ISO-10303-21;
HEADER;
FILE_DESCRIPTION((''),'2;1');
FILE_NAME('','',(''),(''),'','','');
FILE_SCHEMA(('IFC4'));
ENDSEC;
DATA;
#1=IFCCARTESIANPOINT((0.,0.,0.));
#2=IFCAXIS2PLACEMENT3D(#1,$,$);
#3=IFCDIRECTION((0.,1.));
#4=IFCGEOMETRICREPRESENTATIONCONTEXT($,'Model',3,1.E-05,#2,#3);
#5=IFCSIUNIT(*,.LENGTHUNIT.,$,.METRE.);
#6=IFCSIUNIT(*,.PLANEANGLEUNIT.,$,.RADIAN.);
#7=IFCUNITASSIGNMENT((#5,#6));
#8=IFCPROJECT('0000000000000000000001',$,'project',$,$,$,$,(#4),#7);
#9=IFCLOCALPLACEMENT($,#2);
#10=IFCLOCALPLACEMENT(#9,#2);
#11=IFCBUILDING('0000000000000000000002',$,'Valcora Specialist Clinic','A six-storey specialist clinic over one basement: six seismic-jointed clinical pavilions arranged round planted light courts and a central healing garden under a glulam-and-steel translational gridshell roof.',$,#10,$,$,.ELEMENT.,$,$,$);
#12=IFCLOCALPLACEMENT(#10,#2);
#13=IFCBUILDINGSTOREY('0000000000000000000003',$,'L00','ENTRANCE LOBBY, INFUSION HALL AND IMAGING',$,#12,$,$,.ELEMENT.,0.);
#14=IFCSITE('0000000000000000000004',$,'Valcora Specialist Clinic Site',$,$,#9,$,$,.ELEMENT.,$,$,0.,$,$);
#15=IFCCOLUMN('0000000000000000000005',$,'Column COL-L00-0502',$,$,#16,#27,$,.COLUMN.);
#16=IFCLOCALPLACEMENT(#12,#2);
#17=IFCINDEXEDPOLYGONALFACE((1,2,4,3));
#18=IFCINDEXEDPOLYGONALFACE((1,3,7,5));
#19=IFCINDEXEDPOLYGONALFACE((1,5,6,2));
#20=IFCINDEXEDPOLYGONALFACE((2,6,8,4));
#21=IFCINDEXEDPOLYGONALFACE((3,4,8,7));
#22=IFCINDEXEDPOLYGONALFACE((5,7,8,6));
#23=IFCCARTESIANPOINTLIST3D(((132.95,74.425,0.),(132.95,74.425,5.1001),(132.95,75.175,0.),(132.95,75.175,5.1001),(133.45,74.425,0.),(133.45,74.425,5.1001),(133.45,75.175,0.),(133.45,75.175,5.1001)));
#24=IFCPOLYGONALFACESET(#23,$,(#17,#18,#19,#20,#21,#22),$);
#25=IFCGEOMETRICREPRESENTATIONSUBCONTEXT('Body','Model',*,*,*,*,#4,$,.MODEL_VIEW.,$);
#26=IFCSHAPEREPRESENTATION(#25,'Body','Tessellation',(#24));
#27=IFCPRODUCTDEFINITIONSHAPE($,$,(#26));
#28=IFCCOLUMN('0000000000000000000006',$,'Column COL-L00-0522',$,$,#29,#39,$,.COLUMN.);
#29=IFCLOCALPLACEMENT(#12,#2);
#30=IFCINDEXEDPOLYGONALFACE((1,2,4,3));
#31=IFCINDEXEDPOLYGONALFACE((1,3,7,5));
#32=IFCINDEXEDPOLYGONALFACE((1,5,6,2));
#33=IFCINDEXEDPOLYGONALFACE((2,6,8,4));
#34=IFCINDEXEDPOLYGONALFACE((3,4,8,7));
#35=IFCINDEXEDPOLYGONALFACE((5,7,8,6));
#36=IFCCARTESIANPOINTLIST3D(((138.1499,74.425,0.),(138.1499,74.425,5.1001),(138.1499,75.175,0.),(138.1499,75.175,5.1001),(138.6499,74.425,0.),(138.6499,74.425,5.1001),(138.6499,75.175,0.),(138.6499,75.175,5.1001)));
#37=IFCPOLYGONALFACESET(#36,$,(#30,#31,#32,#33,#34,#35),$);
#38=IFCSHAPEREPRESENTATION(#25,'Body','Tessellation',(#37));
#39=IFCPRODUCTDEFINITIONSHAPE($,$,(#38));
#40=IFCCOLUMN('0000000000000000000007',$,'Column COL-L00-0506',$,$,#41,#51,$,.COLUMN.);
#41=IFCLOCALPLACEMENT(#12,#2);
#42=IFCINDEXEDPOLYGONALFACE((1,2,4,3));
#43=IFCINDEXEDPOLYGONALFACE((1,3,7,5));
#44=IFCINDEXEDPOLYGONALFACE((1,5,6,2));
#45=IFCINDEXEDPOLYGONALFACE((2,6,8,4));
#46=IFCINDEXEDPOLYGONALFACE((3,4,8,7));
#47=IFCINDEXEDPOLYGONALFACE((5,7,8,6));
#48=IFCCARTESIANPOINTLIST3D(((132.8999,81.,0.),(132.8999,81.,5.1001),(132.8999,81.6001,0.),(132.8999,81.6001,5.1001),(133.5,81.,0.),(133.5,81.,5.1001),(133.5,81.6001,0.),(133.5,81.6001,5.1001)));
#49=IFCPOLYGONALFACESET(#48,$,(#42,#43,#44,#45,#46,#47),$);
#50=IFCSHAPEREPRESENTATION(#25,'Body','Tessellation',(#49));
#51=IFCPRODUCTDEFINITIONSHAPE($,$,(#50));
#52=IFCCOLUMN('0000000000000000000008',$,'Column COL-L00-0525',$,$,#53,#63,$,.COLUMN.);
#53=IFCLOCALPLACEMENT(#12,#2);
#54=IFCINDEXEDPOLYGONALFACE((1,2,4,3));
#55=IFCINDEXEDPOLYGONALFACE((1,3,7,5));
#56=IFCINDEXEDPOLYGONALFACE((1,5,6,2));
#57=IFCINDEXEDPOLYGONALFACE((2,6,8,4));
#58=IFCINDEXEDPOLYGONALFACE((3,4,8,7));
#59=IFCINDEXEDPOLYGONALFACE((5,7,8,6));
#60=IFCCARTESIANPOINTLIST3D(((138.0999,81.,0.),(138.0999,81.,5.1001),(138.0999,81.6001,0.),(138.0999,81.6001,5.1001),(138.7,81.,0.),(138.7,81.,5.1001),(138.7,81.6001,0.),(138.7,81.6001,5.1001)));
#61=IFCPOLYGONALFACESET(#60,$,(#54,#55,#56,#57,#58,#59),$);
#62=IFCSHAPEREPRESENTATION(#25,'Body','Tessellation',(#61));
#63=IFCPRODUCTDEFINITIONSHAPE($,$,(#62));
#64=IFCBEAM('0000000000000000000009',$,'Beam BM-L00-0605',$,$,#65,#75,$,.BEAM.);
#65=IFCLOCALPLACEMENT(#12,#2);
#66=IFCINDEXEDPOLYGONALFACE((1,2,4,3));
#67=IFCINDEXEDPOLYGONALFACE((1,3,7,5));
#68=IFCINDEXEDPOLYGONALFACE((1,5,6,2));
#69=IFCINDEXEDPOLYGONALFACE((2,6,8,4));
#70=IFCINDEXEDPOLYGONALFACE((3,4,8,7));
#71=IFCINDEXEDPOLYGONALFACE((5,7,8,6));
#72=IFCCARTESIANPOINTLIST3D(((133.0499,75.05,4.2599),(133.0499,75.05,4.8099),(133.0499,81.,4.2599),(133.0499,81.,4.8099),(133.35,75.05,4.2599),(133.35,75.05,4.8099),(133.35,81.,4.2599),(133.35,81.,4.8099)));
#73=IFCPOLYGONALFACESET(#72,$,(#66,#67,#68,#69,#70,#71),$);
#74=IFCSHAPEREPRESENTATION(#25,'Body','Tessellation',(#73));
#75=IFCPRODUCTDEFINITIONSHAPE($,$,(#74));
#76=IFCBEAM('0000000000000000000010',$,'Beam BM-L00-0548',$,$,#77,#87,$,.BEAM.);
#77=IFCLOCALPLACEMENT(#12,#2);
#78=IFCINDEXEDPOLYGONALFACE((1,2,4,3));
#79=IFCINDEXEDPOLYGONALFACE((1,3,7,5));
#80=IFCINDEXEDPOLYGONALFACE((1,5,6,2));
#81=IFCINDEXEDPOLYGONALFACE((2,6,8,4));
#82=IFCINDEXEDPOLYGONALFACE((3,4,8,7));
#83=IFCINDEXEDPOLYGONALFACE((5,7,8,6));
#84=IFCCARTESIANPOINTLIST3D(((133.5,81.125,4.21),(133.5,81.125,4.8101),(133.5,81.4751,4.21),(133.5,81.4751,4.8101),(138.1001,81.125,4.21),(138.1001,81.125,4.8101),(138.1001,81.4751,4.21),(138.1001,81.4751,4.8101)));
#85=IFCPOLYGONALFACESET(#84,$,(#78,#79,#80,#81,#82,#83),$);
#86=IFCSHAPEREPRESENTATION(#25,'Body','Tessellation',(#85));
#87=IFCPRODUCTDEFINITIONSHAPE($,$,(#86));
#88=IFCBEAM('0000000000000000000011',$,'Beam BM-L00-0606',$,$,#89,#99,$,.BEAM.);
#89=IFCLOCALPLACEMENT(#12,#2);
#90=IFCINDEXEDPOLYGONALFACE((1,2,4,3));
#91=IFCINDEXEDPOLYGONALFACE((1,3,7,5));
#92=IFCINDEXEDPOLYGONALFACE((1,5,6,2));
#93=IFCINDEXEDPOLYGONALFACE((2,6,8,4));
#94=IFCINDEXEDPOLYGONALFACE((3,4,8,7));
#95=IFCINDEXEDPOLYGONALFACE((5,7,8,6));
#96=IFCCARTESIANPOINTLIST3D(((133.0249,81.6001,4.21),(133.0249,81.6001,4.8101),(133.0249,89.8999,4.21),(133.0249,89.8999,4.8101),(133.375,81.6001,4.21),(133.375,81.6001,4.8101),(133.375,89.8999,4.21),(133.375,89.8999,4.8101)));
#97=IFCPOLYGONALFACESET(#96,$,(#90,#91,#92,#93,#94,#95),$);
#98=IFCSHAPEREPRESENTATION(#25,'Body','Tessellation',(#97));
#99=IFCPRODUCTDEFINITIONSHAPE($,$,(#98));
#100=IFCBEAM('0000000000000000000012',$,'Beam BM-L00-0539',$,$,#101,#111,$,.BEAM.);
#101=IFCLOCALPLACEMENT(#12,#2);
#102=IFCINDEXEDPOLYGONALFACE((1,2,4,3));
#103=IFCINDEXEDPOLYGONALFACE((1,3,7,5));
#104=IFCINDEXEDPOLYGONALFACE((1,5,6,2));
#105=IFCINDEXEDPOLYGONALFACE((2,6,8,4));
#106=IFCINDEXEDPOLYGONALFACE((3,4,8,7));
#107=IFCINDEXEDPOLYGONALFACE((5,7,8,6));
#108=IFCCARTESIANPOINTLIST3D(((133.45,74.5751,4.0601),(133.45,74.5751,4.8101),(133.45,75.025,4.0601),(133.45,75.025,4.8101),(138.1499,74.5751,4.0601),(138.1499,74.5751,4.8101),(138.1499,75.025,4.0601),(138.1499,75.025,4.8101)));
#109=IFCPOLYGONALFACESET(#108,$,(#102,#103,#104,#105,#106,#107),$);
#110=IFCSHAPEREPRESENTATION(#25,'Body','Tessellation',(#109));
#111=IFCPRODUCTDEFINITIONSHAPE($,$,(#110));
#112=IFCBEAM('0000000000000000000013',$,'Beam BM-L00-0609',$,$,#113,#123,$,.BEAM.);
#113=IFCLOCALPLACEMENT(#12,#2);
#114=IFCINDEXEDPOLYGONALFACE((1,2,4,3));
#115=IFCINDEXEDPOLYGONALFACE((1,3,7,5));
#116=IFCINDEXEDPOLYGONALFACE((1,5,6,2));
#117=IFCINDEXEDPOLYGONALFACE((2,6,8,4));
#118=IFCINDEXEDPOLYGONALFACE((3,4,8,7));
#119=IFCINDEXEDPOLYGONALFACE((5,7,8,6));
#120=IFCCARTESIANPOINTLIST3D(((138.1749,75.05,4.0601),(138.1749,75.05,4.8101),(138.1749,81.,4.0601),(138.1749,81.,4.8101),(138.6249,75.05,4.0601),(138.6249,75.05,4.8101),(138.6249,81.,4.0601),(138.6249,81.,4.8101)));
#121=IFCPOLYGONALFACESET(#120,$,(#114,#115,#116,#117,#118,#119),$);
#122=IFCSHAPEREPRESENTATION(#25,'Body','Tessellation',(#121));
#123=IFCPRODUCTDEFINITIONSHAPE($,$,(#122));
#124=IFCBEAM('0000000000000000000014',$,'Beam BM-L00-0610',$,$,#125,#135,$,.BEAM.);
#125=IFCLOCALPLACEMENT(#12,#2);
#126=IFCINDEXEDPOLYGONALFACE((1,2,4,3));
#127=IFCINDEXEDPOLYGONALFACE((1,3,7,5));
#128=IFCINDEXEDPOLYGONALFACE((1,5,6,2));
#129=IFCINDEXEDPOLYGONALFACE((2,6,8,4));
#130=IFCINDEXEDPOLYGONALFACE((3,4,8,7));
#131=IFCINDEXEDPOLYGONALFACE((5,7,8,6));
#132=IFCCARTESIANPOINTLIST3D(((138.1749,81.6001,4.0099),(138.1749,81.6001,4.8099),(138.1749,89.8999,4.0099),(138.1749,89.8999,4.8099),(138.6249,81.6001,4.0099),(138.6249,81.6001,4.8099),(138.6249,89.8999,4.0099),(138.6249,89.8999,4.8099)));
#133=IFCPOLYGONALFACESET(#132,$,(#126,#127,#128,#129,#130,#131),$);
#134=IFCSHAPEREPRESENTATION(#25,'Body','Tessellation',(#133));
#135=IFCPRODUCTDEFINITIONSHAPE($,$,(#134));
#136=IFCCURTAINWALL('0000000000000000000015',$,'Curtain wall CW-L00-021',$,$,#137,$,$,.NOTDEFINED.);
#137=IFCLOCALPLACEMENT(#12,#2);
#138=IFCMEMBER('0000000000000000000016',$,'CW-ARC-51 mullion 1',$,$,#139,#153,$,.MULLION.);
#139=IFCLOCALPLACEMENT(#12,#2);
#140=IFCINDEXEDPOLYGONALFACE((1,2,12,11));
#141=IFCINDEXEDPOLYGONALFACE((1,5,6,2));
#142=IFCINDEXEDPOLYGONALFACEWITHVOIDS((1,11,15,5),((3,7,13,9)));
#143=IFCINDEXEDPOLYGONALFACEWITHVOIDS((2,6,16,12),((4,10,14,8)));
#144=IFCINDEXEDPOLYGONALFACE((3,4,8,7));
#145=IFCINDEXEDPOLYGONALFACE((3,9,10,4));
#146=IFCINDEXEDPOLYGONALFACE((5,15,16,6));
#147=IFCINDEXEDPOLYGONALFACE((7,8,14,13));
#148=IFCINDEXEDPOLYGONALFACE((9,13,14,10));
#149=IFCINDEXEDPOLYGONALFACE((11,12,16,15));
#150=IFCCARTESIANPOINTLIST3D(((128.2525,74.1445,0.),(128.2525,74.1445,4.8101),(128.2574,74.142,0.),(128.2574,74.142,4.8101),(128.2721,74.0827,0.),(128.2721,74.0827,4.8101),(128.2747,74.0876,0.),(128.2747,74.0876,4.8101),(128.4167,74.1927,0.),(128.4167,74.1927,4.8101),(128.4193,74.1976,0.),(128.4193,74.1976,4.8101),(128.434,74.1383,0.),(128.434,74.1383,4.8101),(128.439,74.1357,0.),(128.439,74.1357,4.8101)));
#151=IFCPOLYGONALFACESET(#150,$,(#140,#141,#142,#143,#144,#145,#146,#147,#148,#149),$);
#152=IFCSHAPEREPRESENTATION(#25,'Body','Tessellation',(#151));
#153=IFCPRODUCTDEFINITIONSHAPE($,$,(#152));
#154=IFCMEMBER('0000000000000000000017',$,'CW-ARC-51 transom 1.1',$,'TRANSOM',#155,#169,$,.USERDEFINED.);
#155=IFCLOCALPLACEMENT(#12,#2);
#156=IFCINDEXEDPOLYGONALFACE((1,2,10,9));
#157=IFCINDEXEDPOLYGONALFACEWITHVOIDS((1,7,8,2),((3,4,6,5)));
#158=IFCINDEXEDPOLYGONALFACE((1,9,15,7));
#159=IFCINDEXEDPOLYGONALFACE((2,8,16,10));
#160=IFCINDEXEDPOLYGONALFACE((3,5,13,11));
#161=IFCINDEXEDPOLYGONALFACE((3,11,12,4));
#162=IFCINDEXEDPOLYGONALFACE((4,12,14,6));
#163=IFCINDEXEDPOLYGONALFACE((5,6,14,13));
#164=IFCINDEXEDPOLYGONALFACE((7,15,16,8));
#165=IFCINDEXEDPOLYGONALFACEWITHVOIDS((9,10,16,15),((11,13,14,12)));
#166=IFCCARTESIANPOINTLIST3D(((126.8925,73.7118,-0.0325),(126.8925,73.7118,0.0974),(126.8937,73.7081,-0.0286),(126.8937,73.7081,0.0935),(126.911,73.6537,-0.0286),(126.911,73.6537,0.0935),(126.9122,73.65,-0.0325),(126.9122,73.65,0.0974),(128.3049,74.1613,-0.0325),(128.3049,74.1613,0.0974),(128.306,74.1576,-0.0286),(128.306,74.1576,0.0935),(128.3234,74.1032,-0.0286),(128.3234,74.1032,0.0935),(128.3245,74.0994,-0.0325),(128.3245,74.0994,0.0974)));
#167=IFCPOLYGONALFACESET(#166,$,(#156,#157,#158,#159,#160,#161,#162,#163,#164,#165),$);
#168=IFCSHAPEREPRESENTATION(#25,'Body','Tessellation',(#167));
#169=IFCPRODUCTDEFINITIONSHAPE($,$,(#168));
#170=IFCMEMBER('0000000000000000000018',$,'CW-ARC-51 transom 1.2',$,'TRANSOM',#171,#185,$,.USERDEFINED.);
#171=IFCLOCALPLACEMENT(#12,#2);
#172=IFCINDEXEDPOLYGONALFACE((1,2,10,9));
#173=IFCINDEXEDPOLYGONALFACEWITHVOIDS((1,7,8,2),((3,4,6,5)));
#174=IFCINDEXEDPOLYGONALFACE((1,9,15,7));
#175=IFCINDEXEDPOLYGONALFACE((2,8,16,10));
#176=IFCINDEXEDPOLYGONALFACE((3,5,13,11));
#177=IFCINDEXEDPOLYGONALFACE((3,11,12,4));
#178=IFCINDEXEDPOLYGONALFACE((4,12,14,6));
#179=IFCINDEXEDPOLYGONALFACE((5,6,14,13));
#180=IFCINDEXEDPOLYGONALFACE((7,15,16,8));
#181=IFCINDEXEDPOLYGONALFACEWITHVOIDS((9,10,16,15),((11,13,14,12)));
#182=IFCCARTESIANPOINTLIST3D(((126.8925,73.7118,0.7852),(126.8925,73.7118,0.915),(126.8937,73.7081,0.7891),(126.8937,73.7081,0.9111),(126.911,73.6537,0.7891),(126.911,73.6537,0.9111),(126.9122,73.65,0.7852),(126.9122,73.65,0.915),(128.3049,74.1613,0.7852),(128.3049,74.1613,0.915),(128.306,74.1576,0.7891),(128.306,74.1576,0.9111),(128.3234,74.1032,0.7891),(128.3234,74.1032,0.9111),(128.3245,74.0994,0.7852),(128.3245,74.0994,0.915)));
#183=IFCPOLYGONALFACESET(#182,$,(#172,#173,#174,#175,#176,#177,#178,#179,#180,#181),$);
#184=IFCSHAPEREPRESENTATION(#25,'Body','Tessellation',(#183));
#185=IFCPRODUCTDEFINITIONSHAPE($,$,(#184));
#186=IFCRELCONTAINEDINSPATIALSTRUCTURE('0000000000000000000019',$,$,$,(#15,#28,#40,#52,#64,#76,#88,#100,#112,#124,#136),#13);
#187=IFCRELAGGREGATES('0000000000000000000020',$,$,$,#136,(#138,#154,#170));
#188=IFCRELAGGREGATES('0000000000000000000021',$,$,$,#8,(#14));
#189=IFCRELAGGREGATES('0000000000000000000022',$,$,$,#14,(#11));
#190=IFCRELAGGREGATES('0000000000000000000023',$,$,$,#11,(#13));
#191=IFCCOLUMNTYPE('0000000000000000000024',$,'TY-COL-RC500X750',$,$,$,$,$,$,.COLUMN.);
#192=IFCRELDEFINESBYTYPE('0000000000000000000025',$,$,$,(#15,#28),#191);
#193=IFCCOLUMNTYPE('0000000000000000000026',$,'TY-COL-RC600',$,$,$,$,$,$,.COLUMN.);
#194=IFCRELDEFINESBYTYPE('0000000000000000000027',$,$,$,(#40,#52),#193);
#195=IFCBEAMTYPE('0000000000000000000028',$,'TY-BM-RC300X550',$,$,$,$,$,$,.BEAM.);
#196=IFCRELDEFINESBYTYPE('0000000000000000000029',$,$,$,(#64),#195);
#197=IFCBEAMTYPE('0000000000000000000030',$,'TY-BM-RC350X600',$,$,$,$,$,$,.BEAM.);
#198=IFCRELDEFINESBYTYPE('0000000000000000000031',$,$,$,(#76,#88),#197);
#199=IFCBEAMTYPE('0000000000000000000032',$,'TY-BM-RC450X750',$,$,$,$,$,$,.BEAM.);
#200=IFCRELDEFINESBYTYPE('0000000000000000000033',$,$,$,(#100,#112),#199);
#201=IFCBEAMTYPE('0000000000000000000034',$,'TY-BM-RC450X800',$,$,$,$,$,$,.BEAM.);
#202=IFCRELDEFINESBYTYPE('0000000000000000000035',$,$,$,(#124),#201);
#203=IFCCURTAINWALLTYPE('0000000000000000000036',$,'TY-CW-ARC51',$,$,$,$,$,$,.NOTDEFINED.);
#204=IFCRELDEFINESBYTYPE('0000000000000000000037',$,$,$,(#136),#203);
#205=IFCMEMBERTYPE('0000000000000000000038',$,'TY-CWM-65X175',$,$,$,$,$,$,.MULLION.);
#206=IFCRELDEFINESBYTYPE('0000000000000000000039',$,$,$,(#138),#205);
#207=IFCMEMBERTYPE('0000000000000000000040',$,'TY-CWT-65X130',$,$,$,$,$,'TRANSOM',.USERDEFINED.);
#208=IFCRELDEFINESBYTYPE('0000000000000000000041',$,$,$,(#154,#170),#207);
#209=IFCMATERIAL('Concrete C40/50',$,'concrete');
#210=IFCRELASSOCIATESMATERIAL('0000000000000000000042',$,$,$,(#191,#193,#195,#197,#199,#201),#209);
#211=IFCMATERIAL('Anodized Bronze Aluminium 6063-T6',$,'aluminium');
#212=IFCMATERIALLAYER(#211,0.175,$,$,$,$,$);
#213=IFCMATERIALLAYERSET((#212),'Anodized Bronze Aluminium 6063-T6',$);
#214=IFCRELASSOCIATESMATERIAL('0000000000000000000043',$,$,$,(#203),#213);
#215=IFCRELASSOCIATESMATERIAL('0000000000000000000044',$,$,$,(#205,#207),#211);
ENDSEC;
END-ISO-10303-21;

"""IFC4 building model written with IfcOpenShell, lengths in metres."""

from ifc_helpers import new_model, si_unit, direction, frame, origin, origin_2d, place, context, subcontext, project, spatial, rectangle, hollow_rectangle, extrude, material, layer, layer_set, material_profile, profile_set, type_object, element, aggregate, save


model = new_model("IFC4")

# Units and contexts
model_context = context("Model", 3, precision=1e-05, world=origin(), true_north=direction((0.0, 1.0)))
body_context = subcontext(model_context, "Body", "Model", "MODEL_VIEW")
ifc_project = project(units=[si_unit("LENGTHUNIT", "METRE"), si_unit("PLANEANGLEUNIT", "RADIAN")], contexts=[model_context])

# Site, building, storey
site_placement = place(None, origin())
site = spatial("IfcSite", under=ifc_project, at=site_placement, Name="Valcora Specialist Clinic Site", CompositionType="ELEMENT", RefElevation=0.0)
building_placement = place(site_placement, origin())
building = spatial("IfcBuilding", under=site, at=building_placement, Name="Valcora Specialist Clinic", Description="A six-storey specialist clinic over one basement: six seismic-jointed clinical pavilions arranged round planted light courts and a central healing garden under a glulam-and-steel translational gridshell roof.", CompositionType="ELEMENT")
storey_placement = place(building_placement, origin())
storey = spatial("IfcBuildingStorey", under=building, at=storey_placement, Name="L00", Description="ENTRANCE LOBBY, INFUSION HALL AND IMAGING", CompositionType="ELEMENT", Elevation=0.0)

# Columns
ifc_material_1 = material(Name="Concrete C40/50", Category="concrete")
ifc_material_profile_1 = material_profile(ifc_material_1, rectangle(XDim=0.5, YDim=0.75, at=origin_2d()), Name="RC-COL-500X750")
ifc_profile_set_1 = profile_set([ifc_material_profile_1], Name="Concrete C40/50")
column_type_1 = type_object("IfcColumnType", Name="TY-COL-RC500X750", PredefinedType="COLUMN", material=ifc_profile_set_1)
for number, where, z_axis, x_axis, name in (
    (1, (133.2, 74.8, 0.0), (0.0, 0.0, 1.0), (1.0, 0.0, 0.0), "Column COL-L00-0502"),
    (2, (138.3999, 74.8, 0.0), (0.0, 0.0, 1.0), (1.0, 0.0, 0.0), "Column COL-L00-0522"),
):
    element("IfcColumn", number, at=place(storey_placement, frame(where, z_axis=z_axis, x_axis=x_axis)), inside=storey, type_object=column_type_1, Name=name, PredefinedType="COLUMN", context=body_context, shape_type="SweptSolid", body=[
        extrude(rectangle(XDim=0.5, YDim=0.75, at=origin_2d()), origin(), (0.0, 0.0, 1.0), 5.1001),
    ])
ifc_material_profile_2 = material_profile(ifc_material_1, rectangle(XDim=0.6001, YDim=0.6001, at=origin_2d()), Name="RC-COL-600X600")
ifc_profile_set_2 = profile_set([ifc_material_profile_2], Name="Concrete C40/50")
column_type_2 = type_object("IfcColumnType", Name="TY-COL-RC600", PredefinedType="COLUMN", material=ifc_profile_set_2)
for number, where, z_axis, x_axis, name in (
    (3, (133.2, 81.3, 0.0), (0.0, 0.0, 1.0), (1.0, 0.0, 0.0), "Column COL-L00-0506"),
    (4, (138.3999, 81.3, 0.0), (0.0, 0.0, 1.0), (1.0, 0.0, 0.0), "Column COL-L00-0525"),
):
    element("IfcColumn", number, at=place(storey_placement, frame(where, z_axis=z_axis, x_axis=x_axis)), inside=storey, type_object=column_type_2, Name=name, PredefinedType="COLUMN", context=body_context, shape_type="SweptSolid", body=[
        extrude(rectangle(XDim=0.6001, YDim=0.6001, at=origin_2d()), origin(), (0.0, 0.0, 1.0), 5.1001),
    ])

# Beams
ifc_material_profile_3 = material_profile(ifc_material_1, rectangle(XDim=0.3, YDim=0.55, at=origin_2d()), Name="RC-BM-300X550")
ifc_profile_set_3 = profile_set([ifc_material_profile_3], Name="Concrete C40/50")
beam_type_1 = type_object("IfcBeamType", Name="TY-BM-RC300X550", PredefinedType="BEAM", material=ifc_profile_set_3)
beam_1_placement = place(storey_placement, frame((133.2, 75.05, 4.5349), z_axis=(0.0, 1.0, 0.0), x_axis=(-1.0, 0.0, 0.0)))
element("IfcBeam", 5, at=beam_1_placement, inside=storey, type_object=beam_type_1, Name="Beam BM-L00-0605", PredefinedType="BEAM", context=body_context, shape_type="SweptSolid", body=[
    extrude(rectangle(XDim=0.3, YDim=0.55, at=origin_2d()), origin(), (0.0, 0.0, 1.0), 5.95),
])
ifc_material_profile_4 = material_profile(ifc_material_1, rectangle(XDim=0.3501, YDim=0.6001, at=origin_2d()), Name="RC-BM-350X600")
ifc_profile_set_4 = profile_set([ifc_material_profile_4], Name="Concrete C40/50")
beam_type_2 = type_object("IfcBeamType", Name="TY-BM-RC350X600", PredefinedType="BEAM", material=ifc_profile_set_4)
beam_2_placement = place(storey_placement, frame((133.5, 81.3, 4.51), z_axis=(1.0, 0.0, 0.0), x_axis=(0.0, 1.0, 0.0)))
element("IfcBeam", 6, at=beam_2_placement, inside=storey, type_object=beam_type_2, Name="Beam BM-L00-0548", PredefinedType="BEAM", context=body_context, shape_type="SweptSolid", body=[
    extrude(rectangle(XDim=0.3501, YDim=0.6001, at=origin_2d()), origin(), (0.0, 0.0, 1.0), 4.6001),
])
beam_3_placement = place(storey_placement, frame((133.2, 81.6001, 4.51), z_axis=(0.0, 1.0, 0.0), x_axis=(-1.0, 0.0, 0.0)))
element("IfcBeam", 7, at=beam_3_placement, inside=storey, type_object=beam_type_2, Name="Beam BM-L00-0606", PredefinedType="BEAM", context=body_context, shape_type="SweptSolid", body=[
    extrude(rectangle(XDim=0.3501, YDim=0.6001, at=origin_2d()), origin(), (0.0, 0.0, 1.0), 8.2998),
])
ifc_material_profile_5 = material_profile(ifc_material_1, rectangle(XDim=0.45, YDim=0.75, at=origin_2d()), Name="RC-BM-450X750")
ifc_profile_set_5 = profile_set([ifc_material_profile_5], Name="Concrete C40/50")
beam_type_3 = type_object("IfcBeamType", Name="TY-BM-RC450X750", PredefinedType="BEAM", material=ifc_profile_set_5)
beam_4_placement = place(storey_placement, frame((133.45, 74.8, 4.4351), z_axis=(1.0, 0.0, 0.0), x_axis=(0.0, 1.0, 0.0)))
element("IfcBeam", 8, at=beam_4_placement, inside=storey, type_object=beam_type_3, Name="Beam BM-L00-0539", PredefinedType="BEAM", context=body_context, shape_type="SweptSolid", body=[
    extrude(rectangle(XDim=0.45, YDim=0.75, at=origin_2d()), origin(), (0.0, 0.0, 1.0), 4.7),
])
beam_5_placement = place(storey_placement, frame((138.3999, 75.05, 4.4351), z_axis=(0.0, 1.0, 0.0), x_axis=(-1.0, 0.0, 0.0)))
element("IfcBeam", 9, at=beam_5_placement, inside=storey, type_object=beam_type_3, Name="Beam BM-L00-0609", PredefinedType="BEAM", context=body_context, shape_type="SweptSolid", body=[
    extrude(rectangle(XDim=0.45, YDim=0.75, at=origin_2d()), origin(), (0.0, 0.0, 1.0), 5.95),
])
ifc_material_profile_6 = material_profile(ifc_material_1, rectangle(XDim=0.45, YDim=0.8, at=origin_2d()), Name="RC-BM-450X800")
ifc_profile_set_6 = profile_set([ifc_material_profile_6], Name="Concrete C40/50")
beam_type_4 = type_object("IfcBeamType", Name="TY-BM-RC450X800", PredefinedType="BEAM", material=ifc_profile_set_6)
beam_6_placement = place(storey_placement, frame((138.3999, 81.6001, 4.4099), z_axis=(0.0, 1.0, 0.0), x_axis=(-1.0, 0.0, 0.0)))
element("IfcBeam", 10, at=beam_6_placement, inside=storey, type_object=beam_type_4, Name="Beam BM-L00-0610", PredefinedType="BEAM", context=body_context, shape_type="SweptSolid", body=[
    extrude(rectangle(XDim=0.45, YDim=0.8, at=origin_2d()), origin(), (0.0, 0.0, 1.0), 8.2998),
])

# Curtain wall, members
ifc_material_2 = material(Name="Anodized Bronze Aluminium 6063-T6", Category="aluminium")
ifc_layer_1 = layer(ifc_material_2, 0.175)
ifc_layer_set_1 = layer_set([ifc_layer_1], Name="Anodized Bronze Aluminium 6063-T6")
curtain_wall_type = type_object("IfcCurtainWallType", Name="TY-CW-ARC51", PredefinedType="NOTDEFINED", material=ifc_layer_set_1)
curtain_wall_placement = place(storey_placement, origin())
curtain_wall = element("IfcCurtainWall", 11, at=curtain_wall_placement, inside=storey, type_object=curtain_wall_type, Name="Curtain wall CW-L00-021", PredefinedType="NOTDEFINED")
ifc_material_profile_7 = material_profile(ifc_material_2, hollow_rectangle(XDim=0.0649, YDim=0.175, WallThickness=0.0039, at=origin_2d()), Name="AL-MUL-65X175")
ifc_profile_set_7 = profile_set([ifc_material_profile_7], Name="Anodized Bronze Aluminium 6063-T6")
member_type_1 = type_object("IfcMemberType", Name="TY-CWM-65X175", PredefinedType="MULLION", material=ifc_profile_set_7)
member_1_placement = place(storey_placement, frame((128.3457, 74.1401, 0.0), z_axis=(0.0, 0.0, 1.0), x_axis=(0.303233, -0.952916, 0.0)))
member_1 = element("IfcMember", 12, at=member_1_placement, type_object=member_type_1, Name="CW-ARC-51 mullion 1", PredefinedType="MULLION", context=body_context, shape_type="SweptSolid", body=[
    extrude(hollow_rectangle(XDim=0.0649, YDim=0.175, WallThickness=0.0039, at=origin_2d()), origin(), (0.0, 0.0, 1.0), 4.8101),
])
ifc_material_profile_8 = material_profile(ifc_material_2, hollow_rectangle(XDim=0.0649, YDim=0.1299, WallThickness=0.0039, at=origin_2d()), Name="AL-TRN-65X130")
ifc_profile_set_8 = profile_set([ifc_material_profile_8], Name="Anodized Bronze Aluminium 6063-T6")
member_type_2 = type_object("IfcMemberType", Name="TY-CWT-65X130", ElementType="TRANSOM", PredefinedType="USERDEFINED", material=ifc_profile_set_8)
member_2_placement = place(storey_placement, frame((128.3147, 74.1304, 0.0325), z_axis=(-0.952911, -0.303251, 0.0), x_axis=(0.303251, -0.952911, 0.0)))
member_2 = element("IfcMember", 13, at=member_2_placement, type_object=member_type_2, Name="CW-ARC-51 transom 1.1", ObjectType="TRANSOM", PredefinedType="USERDEFINED", context=body_context, shape_type="SweptSolid", body=[
    extrude(hollow_rectangle(XDim=0.0649, YDim=0.1299, WallThickness=0.0039, at=origin_2d()), origin(), (0.0, 0.0, 1.0), 1.4822),
])
member_3_placement = place(storey_placement, frame((128.3147, 74.1304, 0.8501), z_axis=(-0.952911, -0.303251, 0.0), x_axis=(0.303251, -0.952911, 0.0)))
member_3 = element("IfcMember", 14, at=member_3_placement, type_object=member_type_2, Name="CW-ARC-51 transom 1.2", ObjectType="TRANSOM", PredefinedType="USERDEFINED", context=body_context, shape_type="SweptSolid", body=[
    extrude(hollow_rectangle(XDim=0.0649, YDim=0.1299, WallThickness=0.0039, at=origin_2d()), origin(), (0.0, 0.0, 1.0), 1.4822),
])
aggregate(curtain_wall, [member_1, member_2, member_3])

save(model, "model.ifc")
